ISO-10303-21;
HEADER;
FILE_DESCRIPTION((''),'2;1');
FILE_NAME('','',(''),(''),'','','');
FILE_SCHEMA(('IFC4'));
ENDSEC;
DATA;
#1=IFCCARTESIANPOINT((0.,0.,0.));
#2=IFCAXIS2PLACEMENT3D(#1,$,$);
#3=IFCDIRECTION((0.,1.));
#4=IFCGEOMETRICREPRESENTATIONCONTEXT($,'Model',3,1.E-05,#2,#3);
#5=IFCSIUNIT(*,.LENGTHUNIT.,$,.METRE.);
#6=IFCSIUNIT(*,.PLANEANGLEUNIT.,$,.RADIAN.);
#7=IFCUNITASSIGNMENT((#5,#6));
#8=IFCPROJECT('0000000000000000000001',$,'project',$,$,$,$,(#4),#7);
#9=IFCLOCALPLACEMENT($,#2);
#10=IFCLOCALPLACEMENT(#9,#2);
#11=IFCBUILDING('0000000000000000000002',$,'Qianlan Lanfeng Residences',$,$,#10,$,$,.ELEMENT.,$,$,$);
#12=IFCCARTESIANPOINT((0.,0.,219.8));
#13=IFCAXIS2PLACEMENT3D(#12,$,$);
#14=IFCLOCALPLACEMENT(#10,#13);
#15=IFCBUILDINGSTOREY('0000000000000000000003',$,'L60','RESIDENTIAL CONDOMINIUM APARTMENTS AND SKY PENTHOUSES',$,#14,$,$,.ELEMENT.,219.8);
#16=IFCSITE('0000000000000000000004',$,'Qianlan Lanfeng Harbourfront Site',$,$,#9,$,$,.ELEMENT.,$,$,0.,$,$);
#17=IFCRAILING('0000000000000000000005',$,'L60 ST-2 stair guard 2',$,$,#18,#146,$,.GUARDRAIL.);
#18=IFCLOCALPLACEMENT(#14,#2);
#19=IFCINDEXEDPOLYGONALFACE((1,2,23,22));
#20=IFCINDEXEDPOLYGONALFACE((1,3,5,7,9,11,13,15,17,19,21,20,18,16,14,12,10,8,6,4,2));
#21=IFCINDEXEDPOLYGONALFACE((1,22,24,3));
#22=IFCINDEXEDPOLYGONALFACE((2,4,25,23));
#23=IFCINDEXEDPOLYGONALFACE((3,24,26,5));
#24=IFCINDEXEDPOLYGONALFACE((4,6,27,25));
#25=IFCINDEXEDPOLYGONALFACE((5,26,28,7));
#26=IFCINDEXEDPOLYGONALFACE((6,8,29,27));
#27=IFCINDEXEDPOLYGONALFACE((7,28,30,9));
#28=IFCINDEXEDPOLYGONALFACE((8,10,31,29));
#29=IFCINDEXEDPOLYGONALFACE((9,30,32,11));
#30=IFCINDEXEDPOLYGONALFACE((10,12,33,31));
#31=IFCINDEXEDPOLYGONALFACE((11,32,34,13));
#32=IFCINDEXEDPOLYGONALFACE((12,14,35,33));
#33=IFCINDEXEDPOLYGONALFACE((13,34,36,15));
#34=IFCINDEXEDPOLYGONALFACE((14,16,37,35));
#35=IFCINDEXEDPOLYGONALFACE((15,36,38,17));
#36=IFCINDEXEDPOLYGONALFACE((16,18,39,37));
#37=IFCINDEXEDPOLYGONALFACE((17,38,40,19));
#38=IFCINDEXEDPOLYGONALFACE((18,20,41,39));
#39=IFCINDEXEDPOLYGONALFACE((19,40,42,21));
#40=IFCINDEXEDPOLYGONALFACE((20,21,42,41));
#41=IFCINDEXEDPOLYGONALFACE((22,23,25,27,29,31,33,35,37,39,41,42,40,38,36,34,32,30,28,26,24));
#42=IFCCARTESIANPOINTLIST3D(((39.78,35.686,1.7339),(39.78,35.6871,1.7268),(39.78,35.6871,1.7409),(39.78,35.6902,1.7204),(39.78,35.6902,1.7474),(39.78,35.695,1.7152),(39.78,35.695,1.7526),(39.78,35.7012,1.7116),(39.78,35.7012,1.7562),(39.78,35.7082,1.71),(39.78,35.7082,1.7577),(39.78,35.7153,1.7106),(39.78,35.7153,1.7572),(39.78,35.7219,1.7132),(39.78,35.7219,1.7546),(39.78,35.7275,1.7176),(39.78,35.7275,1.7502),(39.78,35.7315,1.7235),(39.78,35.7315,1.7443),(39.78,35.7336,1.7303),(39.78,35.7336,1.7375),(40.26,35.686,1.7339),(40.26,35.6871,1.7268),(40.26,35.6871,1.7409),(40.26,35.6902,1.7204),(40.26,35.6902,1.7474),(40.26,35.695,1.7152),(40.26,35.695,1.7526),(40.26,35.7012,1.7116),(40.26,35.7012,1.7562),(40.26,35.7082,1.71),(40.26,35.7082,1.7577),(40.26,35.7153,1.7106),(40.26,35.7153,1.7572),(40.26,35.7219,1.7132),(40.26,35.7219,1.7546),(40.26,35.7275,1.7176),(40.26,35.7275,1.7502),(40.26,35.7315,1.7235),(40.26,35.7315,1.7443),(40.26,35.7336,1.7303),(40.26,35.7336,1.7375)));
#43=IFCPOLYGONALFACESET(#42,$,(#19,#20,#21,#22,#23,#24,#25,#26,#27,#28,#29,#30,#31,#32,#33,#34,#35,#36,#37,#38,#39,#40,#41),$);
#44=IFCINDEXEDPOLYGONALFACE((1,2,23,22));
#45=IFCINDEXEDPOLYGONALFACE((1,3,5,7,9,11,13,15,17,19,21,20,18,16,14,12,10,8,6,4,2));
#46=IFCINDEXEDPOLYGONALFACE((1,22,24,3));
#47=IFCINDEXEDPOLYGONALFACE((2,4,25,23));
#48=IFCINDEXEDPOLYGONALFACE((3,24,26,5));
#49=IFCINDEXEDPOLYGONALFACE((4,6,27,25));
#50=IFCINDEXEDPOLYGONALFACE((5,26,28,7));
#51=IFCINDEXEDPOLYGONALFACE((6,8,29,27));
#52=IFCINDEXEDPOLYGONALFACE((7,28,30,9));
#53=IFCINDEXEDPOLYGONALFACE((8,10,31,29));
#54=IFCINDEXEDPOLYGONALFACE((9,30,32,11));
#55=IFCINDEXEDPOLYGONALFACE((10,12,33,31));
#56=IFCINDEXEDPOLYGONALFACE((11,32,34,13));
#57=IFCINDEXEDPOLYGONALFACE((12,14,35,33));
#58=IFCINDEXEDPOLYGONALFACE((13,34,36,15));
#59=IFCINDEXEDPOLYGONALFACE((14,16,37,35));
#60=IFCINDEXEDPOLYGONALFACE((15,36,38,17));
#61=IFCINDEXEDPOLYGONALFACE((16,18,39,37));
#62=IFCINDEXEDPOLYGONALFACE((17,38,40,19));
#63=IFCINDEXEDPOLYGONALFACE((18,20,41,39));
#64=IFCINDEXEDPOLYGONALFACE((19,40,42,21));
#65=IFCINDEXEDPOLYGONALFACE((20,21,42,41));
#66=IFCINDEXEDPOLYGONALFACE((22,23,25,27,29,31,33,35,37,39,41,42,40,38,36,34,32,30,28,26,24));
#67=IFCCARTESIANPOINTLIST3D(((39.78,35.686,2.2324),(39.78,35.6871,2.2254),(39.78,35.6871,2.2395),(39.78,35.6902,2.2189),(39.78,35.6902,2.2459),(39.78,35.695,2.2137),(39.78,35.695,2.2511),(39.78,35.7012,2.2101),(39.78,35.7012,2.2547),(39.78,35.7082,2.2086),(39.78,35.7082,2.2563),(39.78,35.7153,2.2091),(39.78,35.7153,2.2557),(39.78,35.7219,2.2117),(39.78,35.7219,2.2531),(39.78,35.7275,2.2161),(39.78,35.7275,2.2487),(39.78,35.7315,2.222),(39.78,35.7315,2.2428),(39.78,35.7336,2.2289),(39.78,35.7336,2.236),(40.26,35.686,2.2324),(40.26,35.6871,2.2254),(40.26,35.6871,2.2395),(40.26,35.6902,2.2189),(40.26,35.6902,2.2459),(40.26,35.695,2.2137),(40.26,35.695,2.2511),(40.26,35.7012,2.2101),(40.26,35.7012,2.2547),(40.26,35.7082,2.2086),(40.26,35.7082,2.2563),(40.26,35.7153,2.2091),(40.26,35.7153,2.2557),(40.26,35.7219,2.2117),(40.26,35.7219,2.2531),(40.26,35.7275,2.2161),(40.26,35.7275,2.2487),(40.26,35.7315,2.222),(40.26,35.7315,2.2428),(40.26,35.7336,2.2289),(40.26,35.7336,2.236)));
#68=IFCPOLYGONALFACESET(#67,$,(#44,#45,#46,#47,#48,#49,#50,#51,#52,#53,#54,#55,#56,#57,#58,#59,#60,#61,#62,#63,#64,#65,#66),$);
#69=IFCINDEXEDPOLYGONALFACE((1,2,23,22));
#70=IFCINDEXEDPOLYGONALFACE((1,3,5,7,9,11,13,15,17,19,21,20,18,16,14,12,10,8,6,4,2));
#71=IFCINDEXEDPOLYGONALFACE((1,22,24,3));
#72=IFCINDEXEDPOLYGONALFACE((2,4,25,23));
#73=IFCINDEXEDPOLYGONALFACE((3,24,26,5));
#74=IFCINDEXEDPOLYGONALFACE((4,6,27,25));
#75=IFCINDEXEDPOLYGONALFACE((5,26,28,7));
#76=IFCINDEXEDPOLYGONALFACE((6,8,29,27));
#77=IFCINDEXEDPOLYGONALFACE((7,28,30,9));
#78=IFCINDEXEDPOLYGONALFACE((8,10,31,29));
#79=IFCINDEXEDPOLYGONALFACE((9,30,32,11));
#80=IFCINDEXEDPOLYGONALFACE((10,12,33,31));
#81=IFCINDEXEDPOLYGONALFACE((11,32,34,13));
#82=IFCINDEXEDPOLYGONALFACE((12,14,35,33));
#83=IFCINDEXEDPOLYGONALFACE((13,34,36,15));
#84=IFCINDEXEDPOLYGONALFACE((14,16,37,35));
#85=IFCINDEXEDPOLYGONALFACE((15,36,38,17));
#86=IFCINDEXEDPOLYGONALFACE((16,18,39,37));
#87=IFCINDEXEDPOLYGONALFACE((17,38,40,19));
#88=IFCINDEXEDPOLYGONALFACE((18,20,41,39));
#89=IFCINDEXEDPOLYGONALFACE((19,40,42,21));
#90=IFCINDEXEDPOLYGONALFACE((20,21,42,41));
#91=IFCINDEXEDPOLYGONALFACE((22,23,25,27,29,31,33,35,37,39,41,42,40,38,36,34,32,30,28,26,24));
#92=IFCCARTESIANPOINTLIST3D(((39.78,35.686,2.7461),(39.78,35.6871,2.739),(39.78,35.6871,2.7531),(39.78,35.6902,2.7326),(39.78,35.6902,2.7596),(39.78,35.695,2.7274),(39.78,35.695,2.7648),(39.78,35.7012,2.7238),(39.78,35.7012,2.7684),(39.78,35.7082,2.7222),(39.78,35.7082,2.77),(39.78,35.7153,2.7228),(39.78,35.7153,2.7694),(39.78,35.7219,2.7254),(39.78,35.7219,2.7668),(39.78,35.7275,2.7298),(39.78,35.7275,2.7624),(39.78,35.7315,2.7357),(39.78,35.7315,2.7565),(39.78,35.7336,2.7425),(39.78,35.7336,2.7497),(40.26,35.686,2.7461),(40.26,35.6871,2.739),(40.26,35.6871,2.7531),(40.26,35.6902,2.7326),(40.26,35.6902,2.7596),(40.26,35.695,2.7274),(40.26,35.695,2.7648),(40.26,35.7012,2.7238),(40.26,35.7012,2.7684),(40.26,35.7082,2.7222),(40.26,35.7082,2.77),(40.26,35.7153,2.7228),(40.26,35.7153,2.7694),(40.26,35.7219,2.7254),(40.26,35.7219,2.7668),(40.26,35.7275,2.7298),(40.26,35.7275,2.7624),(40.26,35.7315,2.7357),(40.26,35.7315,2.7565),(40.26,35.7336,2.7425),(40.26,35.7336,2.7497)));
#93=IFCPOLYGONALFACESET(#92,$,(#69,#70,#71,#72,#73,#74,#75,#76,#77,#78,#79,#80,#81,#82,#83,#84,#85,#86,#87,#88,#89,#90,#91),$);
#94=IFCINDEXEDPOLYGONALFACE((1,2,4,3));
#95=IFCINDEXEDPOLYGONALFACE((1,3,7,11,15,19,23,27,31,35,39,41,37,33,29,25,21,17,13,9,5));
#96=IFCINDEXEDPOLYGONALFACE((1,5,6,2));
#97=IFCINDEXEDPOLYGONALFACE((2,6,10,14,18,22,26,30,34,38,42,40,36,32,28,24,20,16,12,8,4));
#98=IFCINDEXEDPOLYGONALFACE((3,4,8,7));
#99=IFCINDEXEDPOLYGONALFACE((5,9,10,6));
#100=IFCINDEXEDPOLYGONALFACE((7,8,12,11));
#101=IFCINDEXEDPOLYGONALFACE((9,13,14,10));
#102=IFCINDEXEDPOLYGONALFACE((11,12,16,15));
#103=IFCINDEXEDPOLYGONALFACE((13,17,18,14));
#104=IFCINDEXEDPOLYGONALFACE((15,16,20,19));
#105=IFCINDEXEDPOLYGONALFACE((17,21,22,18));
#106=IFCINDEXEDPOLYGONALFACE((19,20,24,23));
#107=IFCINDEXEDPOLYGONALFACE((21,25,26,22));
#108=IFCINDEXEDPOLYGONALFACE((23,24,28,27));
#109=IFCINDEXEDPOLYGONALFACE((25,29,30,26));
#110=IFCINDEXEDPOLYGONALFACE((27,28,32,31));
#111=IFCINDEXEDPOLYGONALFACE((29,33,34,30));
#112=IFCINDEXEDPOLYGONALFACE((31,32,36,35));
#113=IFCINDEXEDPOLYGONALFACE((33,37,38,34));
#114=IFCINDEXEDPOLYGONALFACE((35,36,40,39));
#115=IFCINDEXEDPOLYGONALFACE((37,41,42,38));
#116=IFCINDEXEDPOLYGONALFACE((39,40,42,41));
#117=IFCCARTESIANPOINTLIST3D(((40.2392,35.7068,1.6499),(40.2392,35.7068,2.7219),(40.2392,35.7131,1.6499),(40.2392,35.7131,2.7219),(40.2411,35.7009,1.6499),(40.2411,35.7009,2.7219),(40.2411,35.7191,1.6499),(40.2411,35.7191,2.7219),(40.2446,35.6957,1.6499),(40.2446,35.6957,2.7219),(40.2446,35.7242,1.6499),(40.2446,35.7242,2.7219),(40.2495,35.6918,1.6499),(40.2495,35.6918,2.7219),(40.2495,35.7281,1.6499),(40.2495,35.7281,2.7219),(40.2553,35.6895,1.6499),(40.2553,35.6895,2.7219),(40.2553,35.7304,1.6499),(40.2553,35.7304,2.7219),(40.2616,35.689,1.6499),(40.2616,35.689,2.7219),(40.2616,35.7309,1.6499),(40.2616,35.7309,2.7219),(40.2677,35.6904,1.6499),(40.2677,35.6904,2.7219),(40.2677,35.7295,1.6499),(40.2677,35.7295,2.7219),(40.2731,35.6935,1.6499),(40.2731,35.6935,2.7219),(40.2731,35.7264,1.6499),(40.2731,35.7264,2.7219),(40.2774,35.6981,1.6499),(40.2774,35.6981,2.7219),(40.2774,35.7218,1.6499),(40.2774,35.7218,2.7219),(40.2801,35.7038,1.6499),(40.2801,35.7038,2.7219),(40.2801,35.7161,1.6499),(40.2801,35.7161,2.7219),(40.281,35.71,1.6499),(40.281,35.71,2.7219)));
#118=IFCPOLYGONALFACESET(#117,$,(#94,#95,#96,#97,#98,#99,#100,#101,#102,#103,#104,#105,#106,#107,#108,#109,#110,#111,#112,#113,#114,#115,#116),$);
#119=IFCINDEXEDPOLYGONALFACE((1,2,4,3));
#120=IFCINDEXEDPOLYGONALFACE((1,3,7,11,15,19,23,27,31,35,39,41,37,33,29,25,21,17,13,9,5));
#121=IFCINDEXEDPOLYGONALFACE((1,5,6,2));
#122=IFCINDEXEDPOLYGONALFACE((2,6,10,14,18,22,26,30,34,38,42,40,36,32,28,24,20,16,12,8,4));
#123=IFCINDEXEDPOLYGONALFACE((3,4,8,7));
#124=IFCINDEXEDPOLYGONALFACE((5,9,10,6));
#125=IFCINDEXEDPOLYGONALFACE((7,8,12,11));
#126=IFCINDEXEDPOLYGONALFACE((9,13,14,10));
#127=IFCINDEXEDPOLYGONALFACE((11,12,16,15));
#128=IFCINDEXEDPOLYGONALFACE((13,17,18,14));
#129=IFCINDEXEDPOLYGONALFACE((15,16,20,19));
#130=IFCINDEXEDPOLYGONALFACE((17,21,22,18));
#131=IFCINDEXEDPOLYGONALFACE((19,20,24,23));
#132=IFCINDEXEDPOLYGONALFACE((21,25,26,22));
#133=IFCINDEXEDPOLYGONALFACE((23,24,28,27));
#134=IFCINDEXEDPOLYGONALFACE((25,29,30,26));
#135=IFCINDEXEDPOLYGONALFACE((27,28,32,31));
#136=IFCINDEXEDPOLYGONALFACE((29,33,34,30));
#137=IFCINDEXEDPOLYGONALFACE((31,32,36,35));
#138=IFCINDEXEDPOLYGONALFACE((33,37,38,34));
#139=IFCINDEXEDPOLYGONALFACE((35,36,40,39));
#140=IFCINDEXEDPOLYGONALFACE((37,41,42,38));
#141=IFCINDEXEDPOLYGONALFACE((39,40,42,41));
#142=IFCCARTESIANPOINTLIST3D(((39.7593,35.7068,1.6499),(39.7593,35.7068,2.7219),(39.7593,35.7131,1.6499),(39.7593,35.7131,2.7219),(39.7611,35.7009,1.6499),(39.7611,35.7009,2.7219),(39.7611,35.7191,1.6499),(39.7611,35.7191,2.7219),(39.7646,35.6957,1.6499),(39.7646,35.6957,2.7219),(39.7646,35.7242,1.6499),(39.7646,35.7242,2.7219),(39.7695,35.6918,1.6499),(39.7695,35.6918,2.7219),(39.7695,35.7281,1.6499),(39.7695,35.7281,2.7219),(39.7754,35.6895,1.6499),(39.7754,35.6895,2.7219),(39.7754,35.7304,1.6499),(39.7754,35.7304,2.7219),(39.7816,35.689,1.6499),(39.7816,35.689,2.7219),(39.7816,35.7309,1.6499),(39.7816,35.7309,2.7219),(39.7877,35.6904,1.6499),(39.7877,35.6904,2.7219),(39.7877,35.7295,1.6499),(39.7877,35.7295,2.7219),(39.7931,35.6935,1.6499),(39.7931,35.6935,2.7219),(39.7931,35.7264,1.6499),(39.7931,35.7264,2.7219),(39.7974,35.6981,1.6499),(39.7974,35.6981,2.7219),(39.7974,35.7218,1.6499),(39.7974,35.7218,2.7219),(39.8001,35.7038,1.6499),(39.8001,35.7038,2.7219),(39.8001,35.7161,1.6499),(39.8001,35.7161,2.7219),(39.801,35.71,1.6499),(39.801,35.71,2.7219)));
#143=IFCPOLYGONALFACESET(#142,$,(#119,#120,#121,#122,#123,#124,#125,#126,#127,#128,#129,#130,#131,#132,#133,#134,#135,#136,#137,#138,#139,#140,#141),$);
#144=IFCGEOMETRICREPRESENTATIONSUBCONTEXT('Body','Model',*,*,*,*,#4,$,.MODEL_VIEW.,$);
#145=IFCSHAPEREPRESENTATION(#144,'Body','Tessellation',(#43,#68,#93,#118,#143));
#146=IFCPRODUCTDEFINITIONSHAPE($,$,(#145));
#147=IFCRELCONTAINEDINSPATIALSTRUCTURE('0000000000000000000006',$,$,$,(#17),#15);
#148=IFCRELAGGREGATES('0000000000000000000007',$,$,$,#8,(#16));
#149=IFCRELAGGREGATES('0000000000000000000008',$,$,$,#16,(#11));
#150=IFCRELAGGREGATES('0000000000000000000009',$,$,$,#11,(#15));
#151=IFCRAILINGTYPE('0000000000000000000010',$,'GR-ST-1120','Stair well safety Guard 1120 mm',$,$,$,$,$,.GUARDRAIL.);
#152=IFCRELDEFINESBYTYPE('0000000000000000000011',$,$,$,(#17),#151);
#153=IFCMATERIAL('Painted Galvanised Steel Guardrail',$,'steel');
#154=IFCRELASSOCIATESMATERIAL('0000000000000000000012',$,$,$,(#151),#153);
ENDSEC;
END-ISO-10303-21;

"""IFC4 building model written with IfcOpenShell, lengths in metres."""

from ifc_helpers import new_model, si_unit, direction, frame, origin, origin_2d, place, context, subcontext, project, spatial, circle, extrude, material, type_object, element, save


model = new_model("IFC4")

# Units and contexts
model_context = context("Model", 3, precision=1e-05, world=origin(), true_north=direction((0.0, 1.0)))
body_context = subcontext(model_context, "Body", "Model", "MODEL_VIEW")
ifc_project = project(units=[si_unit("LENGTHUNIT", "METRE"), si_unit("PLANEANGLEUNIT", "RADIAN")], contexts=[model_context])

# Site, building, storey
site_placement = place(None, origin())
site = spatial("IfcSite", under=ifc_project, at=site_placement, Name="Qianlan Lanfeng Harbourfront Site", CompositionType="ELEMENT", RefElevation=0.0)
building_placement = place(site_placement, origin())
building = spatial("IfcBuilding", under=site, at=building_placement, Name="Qianlan Lanfeng Residences", CompositionType="ELEMENT")
storey_placement = place(building_placement, frame((0.0, 0.0, 219.8)))
storey = spatial("IfcBuildingStorey", under=building, at=storey_placement, Name="L60", Description="RESIDENTIAL CONDOMINIUM APARTMENTS AND SKY PENTHOUSES", CompositionType="ELEMENT", Elevation=219.8)

# Railing
ifc_material_1 = material(Name="Painted Galvanised Steel Guardrail", Category="steel")
railing_type_1 = type_object("IfcRailingType", Name="GR-ST-1120", Description="Stair well safety Guard 1120 mm", PredefinedType="GUARDRAIL", material=ifc_material_1)
railing_1_placement = place(storey_placement, frame((40.26, 35.71, 1.6499)))
element("IfcRailing", 1, at=railing_1_placement, inside=storey, type_object=railing_type_1, Name="L60 ST-2 stair guard 2", PredefinedType="GUARDRAIL", context=body_context, shape_type="SweptSolid", body=[
    extrude(circle(Radius=0.0239, at=origin_2d()), frame((0.0, 0.0, 0.084), z_axis=(-1.0, 0.0, 0.0), x_axis=(0.0, -1.0, 0.0)), (0.0, 0.0, 1.0), 0.48),
    extrude(circle(Radius=0.0239, at=origin_2d()), frame((0.0, 0.0, 0.5825), z_axis=(-1.0, 0.0, 0.0), x_axis=(0.0, -1.0, 0.0)), (0.0, 0.0, 1.0), 0.48),
    extrude(circle(Radius=0.0239, at=origin_2d()), frame((0.0, 0.0, 1.0962), z_axis=(-1.0, 0.0, 0.0), x_axis=(0.0, -1.0, 0.0)), (0.0, 0.0, 1.0), 0.48),
    extrude(circle(Radius=0.021, at=origin_2d()), origin(), (0.0, 0.0, 1.0), 1.072),
    extrude(circle(Radius=0.021, at=origin_2d()), frame((-0.48, 0.0, 0.0)), (0.0, 0.0, 1.0), 1.072),
])

save(model, "model.ifc")
